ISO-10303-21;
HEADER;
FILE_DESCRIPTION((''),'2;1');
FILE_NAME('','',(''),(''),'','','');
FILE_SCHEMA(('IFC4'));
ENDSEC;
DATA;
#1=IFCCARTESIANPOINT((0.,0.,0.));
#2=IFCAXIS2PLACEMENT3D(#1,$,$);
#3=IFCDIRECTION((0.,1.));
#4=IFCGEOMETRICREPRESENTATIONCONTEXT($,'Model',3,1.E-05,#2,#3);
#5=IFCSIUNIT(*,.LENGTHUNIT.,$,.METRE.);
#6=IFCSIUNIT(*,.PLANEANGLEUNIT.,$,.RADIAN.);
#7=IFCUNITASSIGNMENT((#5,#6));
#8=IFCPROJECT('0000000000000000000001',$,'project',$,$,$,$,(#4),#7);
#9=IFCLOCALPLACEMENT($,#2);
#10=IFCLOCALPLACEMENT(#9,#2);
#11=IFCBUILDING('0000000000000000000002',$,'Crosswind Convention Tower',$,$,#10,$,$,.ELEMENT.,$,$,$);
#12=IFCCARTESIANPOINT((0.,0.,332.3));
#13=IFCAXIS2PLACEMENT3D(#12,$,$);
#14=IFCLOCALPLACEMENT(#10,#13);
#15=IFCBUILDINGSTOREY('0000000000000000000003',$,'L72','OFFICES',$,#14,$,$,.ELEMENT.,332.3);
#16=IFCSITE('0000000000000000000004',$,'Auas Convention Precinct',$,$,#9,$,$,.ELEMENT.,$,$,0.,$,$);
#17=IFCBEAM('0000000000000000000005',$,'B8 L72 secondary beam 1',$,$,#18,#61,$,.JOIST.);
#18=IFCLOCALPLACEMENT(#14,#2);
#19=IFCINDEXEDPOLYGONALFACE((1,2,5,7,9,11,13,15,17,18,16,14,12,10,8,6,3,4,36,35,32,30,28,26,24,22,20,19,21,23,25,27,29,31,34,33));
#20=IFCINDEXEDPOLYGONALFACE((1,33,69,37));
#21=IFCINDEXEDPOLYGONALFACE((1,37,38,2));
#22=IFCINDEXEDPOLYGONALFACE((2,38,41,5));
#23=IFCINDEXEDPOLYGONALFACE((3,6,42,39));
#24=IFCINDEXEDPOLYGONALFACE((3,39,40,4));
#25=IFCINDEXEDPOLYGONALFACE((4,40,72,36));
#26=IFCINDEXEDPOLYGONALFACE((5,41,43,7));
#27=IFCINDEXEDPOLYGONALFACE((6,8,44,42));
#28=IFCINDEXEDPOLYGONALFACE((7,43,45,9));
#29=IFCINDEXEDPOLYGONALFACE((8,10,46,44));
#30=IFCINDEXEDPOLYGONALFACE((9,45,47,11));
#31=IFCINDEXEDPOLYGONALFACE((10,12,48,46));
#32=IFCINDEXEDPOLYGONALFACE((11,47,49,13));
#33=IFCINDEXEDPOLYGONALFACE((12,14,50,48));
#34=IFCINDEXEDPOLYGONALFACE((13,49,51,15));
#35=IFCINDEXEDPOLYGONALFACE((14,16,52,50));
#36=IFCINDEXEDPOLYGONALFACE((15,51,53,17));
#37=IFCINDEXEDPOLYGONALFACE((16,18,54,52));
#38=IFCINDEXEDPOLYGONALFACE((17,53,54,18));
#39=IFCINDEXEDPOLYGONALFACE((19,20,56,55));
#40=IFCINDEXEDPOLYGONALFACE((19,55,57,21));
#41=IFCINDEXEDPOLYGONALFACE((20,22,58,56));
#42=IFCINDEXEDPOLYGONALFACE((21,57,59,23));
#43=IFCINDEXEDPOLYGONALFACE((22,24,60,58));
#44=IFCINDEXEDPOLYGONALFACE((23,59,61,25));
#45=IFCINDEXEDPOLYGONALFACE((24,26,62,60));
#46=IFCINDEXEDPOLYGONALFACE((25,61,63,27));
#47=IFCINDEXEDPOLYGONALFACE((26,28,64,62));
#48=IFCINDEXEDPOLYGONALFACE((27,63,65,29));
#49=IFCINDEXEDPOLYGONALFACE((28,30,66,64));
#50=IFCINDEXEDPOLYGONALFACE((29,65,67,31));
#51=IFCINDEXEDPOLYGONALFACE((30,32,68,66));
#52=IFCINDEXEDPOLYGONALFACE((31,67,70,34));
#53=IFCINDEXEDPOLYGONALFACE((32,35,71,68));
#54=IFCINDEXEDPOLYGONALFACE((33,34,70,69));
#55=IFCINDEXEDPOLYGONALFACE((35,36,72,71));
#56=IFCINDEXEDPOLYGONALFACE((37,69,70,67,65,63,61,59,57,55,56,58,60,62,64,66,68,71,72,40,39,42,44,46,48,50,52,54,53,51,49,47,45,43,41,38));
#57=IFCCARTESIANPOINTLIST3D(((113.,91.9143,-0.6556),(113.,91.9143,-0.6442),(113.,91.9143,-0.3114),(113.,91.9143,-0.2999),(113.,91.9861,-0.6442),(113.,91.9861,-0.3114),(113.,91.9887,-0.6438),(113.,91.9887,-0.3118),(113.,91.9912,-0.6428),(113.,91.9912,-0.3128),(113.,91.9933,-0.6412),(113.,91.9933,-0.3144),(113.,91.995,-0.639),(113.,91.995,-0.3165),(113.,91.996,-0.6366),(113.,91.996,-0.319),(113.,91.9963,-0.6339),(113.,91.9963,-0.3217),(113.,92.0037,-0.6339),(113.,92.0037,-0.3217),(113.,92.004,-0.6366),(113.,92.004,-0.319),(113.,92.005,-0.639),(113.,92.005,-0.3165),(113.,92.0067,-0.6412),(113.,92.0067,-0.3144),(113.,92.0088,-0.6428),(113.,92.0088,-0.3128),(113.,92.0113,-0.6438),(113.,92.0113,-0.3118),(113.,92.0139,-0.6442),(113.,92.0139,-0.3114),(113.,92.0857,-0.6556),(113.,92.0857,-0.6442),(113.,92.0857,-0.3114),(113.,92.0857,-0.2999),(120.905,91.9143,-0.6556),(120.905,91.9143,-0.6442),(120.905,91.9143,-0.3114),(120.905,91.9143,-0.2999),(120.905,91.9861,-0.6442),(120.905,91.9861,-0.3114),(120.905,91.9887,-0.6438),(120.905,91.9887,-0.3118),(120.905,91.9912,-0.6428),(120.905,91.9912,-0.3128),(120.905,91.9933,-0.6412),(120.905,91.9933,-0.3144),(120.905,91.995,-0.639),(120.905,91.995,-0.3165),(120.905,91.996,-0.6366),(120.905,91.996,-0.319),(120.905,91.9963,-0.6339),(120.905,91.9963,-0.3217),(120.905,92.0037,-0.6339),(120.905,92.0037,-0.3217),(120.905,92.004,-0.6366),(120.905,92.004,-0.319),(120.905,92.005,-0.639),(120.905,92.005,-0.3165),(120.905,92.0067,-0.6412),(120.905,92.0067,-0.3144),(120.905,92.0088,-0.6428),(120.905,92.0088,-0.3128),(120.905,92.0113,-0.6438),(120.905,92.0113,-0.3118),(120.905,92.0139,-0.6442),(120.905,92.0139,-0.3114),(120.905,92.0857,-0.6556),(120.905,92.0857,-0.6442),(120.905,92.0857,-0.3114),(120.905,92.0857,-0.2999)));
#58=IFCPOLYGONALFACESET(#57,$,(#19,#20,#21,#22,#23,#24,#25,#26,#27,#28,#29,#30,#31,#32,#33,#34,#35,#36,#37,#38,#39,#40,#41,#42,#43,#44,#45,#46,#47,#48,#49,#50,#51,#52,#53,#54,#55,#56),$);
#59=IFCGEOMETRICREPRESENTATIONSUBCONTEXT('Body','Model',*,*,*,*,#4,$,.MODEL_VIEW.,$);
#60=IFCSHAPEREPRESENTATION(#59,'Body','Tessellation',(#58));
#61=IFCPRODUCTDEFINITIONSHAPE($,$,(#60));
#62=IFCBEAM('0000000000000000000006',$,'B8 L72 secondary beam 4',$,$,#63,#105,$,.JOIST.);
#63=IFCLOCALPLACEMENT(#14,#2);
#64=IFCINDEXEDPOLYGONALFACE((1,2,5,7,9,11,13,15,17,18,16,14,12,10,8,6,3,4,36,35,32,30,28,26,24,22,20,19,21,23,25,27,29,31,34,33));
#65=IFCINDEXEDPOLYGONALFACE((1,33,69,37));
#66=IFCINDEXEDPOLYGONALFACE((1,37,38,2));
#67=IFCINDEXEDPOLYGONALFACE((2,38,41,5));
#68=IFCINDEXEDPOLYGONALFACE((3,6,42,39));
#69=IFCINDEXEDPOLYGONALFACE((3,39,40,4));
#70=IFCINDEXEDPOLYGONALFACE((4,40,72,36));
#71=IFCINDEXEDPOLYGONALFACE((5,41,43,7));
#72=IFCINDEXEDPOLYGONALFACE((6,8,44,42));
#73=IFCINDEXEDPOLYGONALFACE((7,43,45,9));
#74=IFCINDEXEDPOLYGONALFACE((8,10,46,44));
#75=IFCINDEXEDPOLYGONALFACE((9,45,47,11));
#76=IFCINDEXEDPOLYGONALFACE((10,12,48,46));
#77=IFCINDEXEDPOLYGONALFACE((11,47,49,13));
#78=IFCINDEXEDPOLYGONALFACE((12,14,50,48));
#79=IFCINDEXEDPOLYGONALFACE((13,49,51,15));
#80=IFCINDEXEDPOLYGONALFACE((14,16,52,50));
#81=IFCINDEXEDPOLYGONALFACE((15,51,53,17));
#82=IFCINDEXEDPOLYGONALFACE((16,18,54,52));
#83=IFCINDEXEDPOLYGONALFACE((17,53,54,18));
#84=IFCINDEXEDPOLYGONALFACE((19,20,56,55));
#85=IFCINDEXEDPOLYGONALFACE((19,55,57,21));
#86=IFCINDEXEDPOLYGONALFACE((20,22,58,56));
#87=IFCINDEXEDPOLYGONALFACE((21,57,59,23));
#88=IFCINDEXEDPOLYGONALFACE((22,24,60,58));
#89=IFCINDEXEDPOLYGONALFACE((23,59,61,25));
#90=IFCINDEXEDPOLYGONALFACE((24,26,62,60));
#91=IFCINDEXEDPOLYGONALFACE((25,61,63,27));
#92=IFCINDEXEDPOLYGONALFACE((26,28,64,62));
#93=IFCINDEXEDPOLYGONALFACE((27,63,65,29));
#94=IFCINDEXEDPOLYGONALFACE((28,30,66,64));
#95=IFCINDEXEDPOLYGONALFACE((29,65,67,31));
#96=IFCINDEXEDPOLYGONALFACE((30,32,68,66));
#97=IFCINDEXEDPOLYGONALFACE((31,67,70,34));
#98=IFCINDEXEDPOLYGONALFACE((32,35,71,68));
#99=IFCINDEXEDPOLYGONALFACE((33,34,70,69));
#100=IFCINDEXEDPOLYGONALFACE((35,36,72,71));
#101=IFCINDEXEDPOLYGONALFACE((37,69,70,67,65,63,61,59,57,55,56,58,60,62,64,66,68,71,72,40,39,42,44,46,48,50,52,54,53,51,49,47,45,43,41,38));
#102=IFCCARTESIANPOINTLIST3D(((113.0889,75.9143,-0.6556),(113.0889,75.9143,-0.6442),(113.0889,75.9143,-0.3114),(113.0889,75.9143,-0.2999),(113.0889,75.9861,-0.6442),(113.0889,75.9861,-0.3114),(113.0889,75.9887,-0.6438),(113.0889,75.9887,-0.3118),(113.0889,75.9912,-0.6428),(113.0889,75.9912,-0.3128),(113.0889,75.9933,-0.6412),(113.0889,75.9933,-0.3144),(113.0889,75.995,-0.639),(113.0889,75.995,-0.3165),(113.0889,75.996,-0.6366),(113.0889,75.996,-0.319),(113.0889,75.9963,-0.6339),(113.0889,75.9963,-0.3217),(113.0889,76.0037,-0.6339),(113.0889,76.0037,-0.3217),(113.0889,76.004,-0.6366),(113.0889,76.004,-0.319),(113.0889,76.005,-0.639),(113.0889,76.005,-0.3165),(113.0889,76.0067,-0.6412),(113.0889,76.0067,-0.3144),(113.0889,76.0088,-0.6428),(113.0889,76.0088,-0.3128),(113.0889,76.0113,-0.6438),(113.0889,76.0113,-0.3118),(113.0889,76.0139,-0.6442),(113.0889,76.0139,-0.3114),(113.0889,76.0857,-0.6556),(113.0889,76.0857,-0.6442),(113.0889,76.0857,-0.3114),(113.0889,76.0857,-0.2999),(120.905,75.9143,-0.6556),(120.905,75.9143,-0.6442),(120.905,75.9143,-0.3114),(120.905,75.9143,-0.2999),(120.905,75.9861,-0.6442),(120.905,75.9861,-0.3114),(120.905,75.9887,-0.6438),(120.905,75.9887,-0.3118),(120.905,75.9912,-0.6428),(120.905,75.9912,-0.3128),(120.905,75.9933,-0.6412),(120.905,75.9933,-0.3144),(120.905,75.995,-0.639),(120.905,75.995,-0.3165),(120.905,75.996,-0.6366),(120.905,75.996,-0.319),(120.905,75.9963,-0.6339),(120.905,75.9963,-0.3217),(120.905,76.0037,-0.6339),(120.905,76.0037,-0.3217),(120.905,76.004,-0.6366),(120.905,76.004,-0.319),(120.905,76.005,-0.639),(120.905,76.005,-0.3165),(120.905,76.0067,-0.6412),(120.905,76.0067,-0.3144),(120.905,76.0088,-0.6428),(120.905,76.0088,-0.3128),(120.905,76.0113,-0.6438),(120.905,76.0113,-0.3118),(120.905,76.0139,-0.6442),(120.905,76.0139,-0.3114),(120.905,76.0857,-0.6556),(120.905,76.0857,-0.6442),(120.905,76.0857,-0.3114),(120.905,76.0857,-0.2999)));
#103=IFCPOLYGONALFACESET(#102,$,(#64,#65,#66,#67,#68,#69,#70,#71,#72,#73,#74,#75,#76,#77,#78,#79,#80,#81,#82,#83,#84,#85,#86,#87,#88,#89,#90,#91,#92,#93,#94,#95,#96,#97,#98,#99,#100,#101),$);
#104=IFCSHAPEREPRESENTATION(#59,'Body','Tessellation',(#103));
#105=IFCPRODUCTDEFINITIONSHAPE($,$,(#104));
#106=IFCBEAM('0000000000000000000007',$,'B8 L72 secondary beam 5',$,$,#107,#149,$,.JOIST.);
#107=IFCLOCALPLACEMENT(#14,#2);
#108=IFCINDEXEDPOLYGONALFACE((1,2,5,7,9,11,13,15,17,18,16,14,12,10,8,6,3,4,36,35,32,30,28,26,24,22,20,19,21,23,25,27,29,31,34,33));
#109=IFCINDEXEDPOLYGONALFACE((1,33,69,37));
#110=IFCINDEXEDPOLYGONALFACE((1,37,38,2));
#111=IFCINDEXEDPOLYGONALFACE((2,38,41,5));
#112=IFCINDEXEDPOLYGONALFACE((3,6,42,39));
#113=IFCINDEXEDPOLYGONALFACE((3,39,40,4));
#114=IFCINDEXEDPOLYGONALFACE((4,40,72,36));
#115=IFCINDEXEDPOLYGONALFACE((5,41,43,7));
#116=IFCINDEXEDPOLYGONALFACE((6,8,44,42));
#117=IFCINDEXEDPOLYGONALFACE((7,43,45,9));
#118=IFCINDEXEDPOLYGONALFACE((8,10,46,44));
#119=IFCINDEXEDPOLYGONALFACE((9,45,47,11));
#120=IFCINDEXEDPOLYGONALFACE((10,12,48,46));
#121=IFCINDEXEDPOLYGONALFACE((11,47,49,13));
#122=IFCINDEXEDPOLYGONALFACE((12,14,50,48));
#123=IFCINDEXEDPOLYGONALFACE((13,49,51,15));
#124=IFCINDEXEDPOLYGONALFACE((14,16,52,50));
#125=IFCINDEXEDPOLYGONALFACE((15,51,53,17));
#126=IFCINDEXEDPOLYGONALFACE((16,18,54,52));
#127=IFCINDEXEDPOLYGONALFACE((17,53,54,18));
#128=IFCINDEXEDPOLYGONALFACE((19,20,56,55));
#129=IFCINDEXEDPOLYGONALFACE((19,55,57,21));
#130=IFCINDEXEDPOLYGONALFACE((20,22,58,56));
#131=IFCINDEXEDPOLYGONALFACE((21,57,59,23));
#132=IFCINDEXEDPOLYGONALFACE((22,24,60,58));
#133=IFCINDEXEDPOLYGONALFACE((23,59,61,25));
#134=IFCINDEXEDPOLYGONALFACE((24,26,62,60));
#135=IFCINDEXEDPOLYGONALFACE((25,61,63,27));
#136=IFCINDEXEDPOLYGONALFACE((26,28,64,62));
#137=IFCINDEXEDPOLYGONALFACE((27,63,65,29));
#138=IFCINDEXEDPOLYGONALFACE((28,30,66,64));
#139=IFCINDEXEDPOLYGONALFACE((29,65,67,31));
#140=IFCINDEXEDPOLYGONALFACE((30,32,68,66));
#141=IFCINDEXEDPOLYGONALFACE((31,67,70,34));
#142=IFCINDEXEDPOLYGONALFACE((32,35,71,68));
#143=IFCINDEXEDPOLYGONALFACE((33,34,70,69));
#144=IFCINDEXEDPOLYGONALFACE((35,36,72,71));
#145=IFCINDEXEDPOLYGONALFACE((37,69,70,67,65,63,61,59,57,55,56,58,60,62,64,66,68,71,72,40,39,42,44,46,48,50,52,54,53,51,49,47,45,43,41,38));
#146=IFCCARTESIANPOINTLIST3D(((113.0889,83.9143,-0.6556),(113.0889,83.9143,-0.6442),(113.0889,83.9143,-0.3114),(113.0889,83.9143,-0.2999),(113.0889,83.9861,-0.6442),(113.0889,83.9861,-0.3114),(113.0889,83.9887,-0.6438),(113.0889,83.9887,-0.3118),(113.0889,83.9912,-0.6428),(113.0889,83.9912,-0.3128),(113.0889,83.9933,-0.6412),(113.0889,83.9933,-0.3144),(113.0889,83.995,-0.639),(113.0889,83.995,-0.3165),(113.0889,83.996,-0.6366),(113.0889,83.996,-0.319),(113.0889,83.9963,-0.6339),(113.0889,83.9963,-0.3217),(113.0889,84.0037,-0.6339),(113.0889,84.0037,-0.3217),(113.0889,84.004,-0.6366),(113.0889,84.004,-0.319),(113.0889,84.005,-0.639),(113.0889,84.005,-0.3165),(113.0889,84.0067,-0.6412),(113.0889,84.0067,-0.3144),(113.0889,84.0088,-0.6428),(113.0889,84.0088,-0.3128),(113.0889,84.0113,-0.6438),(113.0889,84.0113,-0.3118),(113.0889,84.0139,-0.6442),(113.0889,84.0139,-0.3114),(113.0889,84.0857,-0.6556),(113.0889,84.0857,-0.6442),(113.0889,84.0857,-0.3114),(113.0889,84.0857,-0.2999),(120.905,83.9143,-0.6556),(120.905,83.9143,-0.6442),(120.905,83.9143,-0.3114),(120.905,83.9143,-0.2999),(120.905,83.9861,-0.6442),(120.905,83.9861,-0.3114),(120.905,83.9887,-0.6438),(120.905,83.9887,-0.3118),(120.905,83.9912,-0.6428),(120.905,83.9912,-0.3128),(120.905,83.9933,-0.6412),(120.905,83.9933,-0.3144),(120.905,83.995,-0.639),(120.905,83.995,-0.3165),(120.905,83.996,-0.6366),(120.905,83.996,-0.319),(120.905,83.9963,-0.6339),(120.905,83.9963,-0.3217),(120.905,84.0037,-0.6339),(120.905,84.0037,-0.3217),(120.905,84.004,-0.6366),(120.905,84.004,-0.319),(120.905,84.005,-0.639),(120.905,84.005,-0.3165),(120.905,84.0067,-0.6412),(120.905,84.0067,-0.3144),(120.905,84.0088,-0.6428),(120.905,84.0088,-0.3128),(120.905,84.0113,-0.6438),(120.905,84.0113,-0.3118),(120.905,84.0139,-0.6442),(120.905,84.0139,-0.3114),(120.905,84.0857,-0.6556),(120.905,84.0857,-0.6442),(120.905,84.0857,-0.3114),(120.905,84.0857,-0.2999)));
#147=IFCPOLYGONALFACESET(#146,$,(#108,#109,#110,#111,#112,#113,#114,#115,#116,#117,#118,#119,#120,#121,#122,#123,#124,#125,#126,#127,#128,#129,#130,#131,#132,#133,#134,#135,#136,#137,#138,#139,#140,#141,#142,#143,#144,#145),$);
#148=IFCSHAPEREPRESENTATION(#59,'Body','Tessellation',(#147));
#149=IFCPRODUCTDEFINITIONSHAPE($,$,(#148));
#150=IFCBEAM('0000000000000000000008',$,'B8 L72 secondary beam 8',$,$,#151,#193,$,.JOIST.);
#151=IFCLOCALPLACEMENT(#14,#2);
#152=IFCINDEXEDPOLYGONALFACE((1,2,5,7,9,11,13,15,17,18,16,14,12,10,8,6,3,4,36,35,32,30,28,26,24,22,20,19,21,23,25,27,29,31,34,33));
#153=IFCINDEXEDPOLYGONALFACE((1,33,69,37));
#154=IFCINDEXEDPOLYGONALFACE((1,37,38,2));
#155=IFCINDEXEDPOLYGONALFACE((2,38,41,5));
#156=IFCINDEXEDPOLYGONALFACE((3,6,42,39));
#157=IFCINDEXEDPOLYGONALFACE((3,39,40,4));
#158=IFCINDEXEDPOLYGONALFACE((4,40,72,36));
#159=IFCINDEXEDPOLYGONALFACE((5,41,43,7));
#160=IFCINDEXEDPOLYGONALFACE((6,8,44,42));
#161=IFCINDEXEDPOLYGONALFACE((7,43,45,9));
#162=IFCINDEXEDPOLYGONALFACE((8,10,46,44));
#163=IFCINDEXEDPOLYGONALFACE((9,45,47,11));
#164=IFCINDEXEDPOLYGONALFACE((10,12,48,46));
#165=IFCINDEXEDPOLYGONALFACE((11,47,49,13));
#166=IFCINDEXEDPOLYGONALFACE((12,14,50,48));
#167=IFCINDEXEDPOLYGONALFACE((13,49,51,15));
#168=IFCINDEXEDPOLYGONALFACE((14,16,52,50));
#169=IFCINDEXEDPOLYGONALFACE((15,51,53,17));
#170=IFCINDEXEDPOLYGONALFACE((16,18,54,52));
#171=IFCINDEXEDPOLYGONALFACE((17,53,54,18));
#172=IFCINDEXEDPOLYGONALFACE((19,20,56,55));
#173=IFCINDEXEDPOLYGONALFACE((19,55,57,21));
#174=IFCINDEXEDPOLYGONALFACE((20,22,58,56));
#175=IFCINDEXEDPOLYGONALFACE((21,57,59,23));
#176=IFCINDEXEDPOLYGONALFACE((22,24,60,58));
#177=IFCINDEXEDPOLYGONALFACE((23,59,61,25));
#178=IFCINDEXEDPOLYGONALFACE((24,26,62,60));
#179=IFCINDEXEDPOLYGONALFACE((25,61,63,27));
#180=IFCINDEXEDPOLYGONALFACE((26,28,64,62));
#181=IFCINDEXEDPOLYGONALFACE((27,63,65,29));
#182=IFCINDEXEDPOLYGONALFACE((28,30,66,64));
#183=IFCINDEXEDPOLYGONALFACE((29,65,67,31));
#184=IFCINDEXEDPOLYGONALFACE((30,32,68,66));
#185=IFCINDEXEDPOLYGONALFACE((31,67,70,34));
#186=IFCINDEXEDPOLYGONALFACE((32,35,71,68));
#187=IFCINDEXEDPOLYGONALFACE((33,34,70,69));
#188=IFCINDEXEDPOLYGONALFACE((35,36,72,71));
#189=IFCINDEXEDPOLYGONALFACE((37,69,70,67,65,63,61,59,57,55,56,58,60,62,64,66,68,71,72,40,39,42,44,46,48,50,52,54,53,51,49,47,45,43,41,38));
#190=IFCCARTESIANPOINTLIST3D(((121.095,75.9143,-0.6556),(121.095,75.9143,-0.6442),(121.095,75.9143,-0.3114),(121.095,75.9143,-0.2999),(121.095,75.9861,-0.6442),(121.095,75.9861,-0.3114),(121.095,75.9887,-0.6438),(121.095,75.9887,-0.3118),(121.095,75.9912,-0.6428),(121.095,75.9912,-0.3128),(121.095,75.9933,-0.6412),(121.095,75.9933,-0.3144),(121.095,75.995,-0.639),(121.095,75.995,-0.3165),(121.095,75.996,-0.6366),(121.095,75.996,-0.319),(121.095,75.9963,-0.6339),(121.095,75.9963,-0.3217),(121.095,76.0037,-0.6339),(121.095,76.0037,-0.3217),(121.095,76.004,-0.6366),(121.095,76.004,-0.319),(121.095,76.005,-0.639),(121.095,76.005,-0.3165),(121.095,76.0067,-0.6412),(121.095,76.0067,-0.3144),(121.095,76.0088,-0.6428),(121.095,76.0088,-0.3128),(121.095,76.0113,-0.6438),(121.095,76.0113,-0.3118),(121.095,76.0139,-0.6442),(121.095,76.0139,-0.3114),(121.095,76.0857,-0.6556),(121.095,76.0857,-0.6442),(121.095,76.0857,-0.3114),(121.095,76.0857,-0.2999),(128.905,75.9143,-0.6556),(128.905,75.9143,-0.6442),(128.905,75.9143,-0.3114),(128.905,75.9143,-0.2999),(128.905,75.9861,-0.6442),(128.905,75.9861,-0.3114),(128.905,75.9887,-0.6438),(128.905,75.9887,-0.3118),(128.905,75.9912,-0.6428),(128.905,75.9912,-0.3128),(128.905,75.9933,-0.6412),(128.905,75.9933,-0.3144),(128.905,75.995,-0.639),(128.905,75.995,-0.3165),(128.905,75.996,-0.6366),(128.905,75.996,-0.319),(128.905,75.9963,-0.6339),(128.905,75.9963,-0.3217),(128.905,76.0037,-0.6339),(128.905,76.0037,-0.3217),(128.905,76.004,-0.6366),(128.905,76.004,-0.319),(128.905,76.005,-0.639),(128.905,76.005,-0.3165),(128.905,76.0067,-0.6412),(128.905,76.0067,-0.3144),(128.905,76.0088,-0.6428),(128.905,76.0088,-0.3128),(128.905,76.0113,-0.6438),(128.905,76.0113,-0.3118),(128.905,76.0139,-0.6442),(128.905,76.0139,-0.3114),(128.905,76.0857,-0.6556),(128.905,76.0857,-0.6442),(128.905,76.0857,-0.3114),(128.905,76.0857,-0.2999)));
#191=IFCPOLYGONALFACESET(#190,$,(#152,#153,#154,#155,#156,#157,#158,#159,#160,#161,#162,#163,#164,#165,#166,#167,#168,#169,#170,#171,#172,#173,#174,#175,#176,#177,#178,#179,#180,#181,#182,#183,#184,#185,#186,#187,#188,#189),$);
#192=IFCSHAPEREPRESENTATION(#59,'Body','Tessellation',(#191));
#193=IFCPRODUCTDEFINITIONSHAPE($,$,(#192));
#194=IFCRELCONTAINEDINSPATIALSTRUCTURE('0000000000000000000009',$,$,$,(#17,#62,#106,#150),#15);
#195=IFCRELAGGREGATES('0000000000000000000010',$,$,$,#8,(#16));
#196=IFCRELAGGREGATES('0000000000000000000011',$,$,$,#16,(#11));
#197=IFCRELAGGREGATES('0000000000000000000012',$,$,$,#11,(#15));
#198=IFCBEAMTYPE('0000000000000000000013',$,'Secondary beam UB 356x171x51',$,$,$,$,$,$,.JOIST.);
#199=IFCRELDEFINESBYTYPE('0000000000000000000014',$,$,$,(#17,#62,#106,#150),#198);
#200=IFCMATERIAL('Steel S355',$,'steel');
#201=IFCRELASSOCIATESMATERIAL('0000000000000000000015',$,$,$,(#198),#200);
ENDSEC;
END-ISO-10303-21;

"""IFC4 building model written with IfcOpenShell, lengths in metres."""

from ifc_helpers import new_model, si_unit, direction, frame, origin, origin_2d, place, context, subcontext, project, spatial, i_section, extrude, material, material_profile, profile_set, type_object, element, save


model = new_model("IFC4")

# Units and contexts
model_context = context("Model", 3, precision=1e-05, world=origin(), true_north=direction((0.0, 1.0)))
body_context = subcontext(model_context, "Body", "Model", "MODEL_VIEW")
ifc_project = project(units=[si_unit("LENGTHUNIT", "METRE"), si_unit("PLANEANGLEUNIT", "RADIAN")], contexts=[model_context])

# Site, building, storey
site_placement = place(None, origin())
site = spatial("IfcSite", under=ifc_project, at=site_placement, Name="Auas Convention Precinct", CompositionType="ELEMENT", RefElevation=0.0)
building_placement = place(site_placement, origin())
building = spatial("IfcBuilding", under=site, at=building_placement, Name="Crosswind Convention Tower", CompositionType="ELEMENT")
storey_placement = place(building_placement, frame((0.0, 0.0, 332.3)))
storey = spatial("IfcBuildingStorey", under=building, at=storey_placement, Name="L72", Description="OFFICES", CompositionType="ELEMENT", Elevation=332.3)

# Beams
ifc_material_1 = material(Name="Steel S355", Category="steel")
ifc_material_profile_1 = material_profile(ifc_material_1, i_section(OverallWidth=0.1714, OverallDepth=0.3557, WebThickness=0.0073, FlangeThickness=0.0115, FilletRadius=0.0103, at=origin_2d()), Name="UB 356x171x51")
ifc_profile_set_1 = profile_set([ifc_material_profile_1], Name="Steel S355")
beam_type_1 = type_object("IfcBeamType", Name="Secondary beam UB 356x171x51", PredefinedType="JOIST", material=ifc_profile_set_1)
beam_1_placement = place(storey_placement, frame((113.0, 92.0, -0.4778), z_axis=(1.0, 0.0, 0.0), x_axis=(0.0, 1.0, 0.0)))
element("IfcBeam", 1, at=beam_1_placement, inside=storey, type_object=beam_type_1, Name="B8 L72 secondary beam 1", PredefinedType="JOIST", context=body_context, shape_type="SweptSolid", body=[
    extrude(i_section(OverallWidth=0.1714, OverallDepth=0.3557, WebThickness=0.0073, FlangeThickness=0.0115, FilletRadius=0.0103, at=origin_2d()), origin(), (0.0, 0.0, 1.0), 7.905),
])
for number, where, z_axis, x_axis, name in (
    (2, (113.0889, 76.0, -0.4778), (1.0, 0.0, 0.0), (0.0, 1.0, 0.0), "B8 L72 secondary beam 4"),
    (3, (113.0889, 84.0, -0.4778), (1.0, 0.0, 0.0), (0.0, 1.0, 0.0), "B8 L72 secondary beam 5"),
):
    element("IfcBeam", number, at=place(storey_placement, frame(where, z_axis=z_axis, x_axis=x_axis)), inside=storey, type_object=beam_type_1, Name=name, PredefinedType="JOIST", context=body_context, shape_type="SweptSolid", body=[
        extrude(i_section(OverallWidth=0.1714, OverallDepth=0.3557, WebThickness=0.0073, FlangeThickness=0.0115, FilletRadius=0.0103, at=origin_2d()), origin(), (0.0, 0.0, 1.0), 7.8162),
    ])
for number, where, z_axis, x_axis, name in (
    (4, (121.095, 76.0, -0.4778), (1.0, 0.0, 0.0), (0.0, 1.0, 0.0), "B8 L72 secondary beam 8"),
):
    element("IfcBeam", number, at=place(storey_placement, frame(where, z_axis=z_axis, x_axis=x_axis)), inside=storey, type_object=beam_type_1, Name=name, PredefinedType="JOIST", context=body_context, shape_type="SweptSolid", body=[
        extrude(i_section(OverallWidth=0.1714, OverallDepth=0.3557, WebThickness=0.0073, FlangeThickness=0.0115, FilletRadius=0.0103, at=origin_2d()), origin(), (0.0, 0.0, 1.0), 7.8101),
    ])

save(model, "model.ifc")
